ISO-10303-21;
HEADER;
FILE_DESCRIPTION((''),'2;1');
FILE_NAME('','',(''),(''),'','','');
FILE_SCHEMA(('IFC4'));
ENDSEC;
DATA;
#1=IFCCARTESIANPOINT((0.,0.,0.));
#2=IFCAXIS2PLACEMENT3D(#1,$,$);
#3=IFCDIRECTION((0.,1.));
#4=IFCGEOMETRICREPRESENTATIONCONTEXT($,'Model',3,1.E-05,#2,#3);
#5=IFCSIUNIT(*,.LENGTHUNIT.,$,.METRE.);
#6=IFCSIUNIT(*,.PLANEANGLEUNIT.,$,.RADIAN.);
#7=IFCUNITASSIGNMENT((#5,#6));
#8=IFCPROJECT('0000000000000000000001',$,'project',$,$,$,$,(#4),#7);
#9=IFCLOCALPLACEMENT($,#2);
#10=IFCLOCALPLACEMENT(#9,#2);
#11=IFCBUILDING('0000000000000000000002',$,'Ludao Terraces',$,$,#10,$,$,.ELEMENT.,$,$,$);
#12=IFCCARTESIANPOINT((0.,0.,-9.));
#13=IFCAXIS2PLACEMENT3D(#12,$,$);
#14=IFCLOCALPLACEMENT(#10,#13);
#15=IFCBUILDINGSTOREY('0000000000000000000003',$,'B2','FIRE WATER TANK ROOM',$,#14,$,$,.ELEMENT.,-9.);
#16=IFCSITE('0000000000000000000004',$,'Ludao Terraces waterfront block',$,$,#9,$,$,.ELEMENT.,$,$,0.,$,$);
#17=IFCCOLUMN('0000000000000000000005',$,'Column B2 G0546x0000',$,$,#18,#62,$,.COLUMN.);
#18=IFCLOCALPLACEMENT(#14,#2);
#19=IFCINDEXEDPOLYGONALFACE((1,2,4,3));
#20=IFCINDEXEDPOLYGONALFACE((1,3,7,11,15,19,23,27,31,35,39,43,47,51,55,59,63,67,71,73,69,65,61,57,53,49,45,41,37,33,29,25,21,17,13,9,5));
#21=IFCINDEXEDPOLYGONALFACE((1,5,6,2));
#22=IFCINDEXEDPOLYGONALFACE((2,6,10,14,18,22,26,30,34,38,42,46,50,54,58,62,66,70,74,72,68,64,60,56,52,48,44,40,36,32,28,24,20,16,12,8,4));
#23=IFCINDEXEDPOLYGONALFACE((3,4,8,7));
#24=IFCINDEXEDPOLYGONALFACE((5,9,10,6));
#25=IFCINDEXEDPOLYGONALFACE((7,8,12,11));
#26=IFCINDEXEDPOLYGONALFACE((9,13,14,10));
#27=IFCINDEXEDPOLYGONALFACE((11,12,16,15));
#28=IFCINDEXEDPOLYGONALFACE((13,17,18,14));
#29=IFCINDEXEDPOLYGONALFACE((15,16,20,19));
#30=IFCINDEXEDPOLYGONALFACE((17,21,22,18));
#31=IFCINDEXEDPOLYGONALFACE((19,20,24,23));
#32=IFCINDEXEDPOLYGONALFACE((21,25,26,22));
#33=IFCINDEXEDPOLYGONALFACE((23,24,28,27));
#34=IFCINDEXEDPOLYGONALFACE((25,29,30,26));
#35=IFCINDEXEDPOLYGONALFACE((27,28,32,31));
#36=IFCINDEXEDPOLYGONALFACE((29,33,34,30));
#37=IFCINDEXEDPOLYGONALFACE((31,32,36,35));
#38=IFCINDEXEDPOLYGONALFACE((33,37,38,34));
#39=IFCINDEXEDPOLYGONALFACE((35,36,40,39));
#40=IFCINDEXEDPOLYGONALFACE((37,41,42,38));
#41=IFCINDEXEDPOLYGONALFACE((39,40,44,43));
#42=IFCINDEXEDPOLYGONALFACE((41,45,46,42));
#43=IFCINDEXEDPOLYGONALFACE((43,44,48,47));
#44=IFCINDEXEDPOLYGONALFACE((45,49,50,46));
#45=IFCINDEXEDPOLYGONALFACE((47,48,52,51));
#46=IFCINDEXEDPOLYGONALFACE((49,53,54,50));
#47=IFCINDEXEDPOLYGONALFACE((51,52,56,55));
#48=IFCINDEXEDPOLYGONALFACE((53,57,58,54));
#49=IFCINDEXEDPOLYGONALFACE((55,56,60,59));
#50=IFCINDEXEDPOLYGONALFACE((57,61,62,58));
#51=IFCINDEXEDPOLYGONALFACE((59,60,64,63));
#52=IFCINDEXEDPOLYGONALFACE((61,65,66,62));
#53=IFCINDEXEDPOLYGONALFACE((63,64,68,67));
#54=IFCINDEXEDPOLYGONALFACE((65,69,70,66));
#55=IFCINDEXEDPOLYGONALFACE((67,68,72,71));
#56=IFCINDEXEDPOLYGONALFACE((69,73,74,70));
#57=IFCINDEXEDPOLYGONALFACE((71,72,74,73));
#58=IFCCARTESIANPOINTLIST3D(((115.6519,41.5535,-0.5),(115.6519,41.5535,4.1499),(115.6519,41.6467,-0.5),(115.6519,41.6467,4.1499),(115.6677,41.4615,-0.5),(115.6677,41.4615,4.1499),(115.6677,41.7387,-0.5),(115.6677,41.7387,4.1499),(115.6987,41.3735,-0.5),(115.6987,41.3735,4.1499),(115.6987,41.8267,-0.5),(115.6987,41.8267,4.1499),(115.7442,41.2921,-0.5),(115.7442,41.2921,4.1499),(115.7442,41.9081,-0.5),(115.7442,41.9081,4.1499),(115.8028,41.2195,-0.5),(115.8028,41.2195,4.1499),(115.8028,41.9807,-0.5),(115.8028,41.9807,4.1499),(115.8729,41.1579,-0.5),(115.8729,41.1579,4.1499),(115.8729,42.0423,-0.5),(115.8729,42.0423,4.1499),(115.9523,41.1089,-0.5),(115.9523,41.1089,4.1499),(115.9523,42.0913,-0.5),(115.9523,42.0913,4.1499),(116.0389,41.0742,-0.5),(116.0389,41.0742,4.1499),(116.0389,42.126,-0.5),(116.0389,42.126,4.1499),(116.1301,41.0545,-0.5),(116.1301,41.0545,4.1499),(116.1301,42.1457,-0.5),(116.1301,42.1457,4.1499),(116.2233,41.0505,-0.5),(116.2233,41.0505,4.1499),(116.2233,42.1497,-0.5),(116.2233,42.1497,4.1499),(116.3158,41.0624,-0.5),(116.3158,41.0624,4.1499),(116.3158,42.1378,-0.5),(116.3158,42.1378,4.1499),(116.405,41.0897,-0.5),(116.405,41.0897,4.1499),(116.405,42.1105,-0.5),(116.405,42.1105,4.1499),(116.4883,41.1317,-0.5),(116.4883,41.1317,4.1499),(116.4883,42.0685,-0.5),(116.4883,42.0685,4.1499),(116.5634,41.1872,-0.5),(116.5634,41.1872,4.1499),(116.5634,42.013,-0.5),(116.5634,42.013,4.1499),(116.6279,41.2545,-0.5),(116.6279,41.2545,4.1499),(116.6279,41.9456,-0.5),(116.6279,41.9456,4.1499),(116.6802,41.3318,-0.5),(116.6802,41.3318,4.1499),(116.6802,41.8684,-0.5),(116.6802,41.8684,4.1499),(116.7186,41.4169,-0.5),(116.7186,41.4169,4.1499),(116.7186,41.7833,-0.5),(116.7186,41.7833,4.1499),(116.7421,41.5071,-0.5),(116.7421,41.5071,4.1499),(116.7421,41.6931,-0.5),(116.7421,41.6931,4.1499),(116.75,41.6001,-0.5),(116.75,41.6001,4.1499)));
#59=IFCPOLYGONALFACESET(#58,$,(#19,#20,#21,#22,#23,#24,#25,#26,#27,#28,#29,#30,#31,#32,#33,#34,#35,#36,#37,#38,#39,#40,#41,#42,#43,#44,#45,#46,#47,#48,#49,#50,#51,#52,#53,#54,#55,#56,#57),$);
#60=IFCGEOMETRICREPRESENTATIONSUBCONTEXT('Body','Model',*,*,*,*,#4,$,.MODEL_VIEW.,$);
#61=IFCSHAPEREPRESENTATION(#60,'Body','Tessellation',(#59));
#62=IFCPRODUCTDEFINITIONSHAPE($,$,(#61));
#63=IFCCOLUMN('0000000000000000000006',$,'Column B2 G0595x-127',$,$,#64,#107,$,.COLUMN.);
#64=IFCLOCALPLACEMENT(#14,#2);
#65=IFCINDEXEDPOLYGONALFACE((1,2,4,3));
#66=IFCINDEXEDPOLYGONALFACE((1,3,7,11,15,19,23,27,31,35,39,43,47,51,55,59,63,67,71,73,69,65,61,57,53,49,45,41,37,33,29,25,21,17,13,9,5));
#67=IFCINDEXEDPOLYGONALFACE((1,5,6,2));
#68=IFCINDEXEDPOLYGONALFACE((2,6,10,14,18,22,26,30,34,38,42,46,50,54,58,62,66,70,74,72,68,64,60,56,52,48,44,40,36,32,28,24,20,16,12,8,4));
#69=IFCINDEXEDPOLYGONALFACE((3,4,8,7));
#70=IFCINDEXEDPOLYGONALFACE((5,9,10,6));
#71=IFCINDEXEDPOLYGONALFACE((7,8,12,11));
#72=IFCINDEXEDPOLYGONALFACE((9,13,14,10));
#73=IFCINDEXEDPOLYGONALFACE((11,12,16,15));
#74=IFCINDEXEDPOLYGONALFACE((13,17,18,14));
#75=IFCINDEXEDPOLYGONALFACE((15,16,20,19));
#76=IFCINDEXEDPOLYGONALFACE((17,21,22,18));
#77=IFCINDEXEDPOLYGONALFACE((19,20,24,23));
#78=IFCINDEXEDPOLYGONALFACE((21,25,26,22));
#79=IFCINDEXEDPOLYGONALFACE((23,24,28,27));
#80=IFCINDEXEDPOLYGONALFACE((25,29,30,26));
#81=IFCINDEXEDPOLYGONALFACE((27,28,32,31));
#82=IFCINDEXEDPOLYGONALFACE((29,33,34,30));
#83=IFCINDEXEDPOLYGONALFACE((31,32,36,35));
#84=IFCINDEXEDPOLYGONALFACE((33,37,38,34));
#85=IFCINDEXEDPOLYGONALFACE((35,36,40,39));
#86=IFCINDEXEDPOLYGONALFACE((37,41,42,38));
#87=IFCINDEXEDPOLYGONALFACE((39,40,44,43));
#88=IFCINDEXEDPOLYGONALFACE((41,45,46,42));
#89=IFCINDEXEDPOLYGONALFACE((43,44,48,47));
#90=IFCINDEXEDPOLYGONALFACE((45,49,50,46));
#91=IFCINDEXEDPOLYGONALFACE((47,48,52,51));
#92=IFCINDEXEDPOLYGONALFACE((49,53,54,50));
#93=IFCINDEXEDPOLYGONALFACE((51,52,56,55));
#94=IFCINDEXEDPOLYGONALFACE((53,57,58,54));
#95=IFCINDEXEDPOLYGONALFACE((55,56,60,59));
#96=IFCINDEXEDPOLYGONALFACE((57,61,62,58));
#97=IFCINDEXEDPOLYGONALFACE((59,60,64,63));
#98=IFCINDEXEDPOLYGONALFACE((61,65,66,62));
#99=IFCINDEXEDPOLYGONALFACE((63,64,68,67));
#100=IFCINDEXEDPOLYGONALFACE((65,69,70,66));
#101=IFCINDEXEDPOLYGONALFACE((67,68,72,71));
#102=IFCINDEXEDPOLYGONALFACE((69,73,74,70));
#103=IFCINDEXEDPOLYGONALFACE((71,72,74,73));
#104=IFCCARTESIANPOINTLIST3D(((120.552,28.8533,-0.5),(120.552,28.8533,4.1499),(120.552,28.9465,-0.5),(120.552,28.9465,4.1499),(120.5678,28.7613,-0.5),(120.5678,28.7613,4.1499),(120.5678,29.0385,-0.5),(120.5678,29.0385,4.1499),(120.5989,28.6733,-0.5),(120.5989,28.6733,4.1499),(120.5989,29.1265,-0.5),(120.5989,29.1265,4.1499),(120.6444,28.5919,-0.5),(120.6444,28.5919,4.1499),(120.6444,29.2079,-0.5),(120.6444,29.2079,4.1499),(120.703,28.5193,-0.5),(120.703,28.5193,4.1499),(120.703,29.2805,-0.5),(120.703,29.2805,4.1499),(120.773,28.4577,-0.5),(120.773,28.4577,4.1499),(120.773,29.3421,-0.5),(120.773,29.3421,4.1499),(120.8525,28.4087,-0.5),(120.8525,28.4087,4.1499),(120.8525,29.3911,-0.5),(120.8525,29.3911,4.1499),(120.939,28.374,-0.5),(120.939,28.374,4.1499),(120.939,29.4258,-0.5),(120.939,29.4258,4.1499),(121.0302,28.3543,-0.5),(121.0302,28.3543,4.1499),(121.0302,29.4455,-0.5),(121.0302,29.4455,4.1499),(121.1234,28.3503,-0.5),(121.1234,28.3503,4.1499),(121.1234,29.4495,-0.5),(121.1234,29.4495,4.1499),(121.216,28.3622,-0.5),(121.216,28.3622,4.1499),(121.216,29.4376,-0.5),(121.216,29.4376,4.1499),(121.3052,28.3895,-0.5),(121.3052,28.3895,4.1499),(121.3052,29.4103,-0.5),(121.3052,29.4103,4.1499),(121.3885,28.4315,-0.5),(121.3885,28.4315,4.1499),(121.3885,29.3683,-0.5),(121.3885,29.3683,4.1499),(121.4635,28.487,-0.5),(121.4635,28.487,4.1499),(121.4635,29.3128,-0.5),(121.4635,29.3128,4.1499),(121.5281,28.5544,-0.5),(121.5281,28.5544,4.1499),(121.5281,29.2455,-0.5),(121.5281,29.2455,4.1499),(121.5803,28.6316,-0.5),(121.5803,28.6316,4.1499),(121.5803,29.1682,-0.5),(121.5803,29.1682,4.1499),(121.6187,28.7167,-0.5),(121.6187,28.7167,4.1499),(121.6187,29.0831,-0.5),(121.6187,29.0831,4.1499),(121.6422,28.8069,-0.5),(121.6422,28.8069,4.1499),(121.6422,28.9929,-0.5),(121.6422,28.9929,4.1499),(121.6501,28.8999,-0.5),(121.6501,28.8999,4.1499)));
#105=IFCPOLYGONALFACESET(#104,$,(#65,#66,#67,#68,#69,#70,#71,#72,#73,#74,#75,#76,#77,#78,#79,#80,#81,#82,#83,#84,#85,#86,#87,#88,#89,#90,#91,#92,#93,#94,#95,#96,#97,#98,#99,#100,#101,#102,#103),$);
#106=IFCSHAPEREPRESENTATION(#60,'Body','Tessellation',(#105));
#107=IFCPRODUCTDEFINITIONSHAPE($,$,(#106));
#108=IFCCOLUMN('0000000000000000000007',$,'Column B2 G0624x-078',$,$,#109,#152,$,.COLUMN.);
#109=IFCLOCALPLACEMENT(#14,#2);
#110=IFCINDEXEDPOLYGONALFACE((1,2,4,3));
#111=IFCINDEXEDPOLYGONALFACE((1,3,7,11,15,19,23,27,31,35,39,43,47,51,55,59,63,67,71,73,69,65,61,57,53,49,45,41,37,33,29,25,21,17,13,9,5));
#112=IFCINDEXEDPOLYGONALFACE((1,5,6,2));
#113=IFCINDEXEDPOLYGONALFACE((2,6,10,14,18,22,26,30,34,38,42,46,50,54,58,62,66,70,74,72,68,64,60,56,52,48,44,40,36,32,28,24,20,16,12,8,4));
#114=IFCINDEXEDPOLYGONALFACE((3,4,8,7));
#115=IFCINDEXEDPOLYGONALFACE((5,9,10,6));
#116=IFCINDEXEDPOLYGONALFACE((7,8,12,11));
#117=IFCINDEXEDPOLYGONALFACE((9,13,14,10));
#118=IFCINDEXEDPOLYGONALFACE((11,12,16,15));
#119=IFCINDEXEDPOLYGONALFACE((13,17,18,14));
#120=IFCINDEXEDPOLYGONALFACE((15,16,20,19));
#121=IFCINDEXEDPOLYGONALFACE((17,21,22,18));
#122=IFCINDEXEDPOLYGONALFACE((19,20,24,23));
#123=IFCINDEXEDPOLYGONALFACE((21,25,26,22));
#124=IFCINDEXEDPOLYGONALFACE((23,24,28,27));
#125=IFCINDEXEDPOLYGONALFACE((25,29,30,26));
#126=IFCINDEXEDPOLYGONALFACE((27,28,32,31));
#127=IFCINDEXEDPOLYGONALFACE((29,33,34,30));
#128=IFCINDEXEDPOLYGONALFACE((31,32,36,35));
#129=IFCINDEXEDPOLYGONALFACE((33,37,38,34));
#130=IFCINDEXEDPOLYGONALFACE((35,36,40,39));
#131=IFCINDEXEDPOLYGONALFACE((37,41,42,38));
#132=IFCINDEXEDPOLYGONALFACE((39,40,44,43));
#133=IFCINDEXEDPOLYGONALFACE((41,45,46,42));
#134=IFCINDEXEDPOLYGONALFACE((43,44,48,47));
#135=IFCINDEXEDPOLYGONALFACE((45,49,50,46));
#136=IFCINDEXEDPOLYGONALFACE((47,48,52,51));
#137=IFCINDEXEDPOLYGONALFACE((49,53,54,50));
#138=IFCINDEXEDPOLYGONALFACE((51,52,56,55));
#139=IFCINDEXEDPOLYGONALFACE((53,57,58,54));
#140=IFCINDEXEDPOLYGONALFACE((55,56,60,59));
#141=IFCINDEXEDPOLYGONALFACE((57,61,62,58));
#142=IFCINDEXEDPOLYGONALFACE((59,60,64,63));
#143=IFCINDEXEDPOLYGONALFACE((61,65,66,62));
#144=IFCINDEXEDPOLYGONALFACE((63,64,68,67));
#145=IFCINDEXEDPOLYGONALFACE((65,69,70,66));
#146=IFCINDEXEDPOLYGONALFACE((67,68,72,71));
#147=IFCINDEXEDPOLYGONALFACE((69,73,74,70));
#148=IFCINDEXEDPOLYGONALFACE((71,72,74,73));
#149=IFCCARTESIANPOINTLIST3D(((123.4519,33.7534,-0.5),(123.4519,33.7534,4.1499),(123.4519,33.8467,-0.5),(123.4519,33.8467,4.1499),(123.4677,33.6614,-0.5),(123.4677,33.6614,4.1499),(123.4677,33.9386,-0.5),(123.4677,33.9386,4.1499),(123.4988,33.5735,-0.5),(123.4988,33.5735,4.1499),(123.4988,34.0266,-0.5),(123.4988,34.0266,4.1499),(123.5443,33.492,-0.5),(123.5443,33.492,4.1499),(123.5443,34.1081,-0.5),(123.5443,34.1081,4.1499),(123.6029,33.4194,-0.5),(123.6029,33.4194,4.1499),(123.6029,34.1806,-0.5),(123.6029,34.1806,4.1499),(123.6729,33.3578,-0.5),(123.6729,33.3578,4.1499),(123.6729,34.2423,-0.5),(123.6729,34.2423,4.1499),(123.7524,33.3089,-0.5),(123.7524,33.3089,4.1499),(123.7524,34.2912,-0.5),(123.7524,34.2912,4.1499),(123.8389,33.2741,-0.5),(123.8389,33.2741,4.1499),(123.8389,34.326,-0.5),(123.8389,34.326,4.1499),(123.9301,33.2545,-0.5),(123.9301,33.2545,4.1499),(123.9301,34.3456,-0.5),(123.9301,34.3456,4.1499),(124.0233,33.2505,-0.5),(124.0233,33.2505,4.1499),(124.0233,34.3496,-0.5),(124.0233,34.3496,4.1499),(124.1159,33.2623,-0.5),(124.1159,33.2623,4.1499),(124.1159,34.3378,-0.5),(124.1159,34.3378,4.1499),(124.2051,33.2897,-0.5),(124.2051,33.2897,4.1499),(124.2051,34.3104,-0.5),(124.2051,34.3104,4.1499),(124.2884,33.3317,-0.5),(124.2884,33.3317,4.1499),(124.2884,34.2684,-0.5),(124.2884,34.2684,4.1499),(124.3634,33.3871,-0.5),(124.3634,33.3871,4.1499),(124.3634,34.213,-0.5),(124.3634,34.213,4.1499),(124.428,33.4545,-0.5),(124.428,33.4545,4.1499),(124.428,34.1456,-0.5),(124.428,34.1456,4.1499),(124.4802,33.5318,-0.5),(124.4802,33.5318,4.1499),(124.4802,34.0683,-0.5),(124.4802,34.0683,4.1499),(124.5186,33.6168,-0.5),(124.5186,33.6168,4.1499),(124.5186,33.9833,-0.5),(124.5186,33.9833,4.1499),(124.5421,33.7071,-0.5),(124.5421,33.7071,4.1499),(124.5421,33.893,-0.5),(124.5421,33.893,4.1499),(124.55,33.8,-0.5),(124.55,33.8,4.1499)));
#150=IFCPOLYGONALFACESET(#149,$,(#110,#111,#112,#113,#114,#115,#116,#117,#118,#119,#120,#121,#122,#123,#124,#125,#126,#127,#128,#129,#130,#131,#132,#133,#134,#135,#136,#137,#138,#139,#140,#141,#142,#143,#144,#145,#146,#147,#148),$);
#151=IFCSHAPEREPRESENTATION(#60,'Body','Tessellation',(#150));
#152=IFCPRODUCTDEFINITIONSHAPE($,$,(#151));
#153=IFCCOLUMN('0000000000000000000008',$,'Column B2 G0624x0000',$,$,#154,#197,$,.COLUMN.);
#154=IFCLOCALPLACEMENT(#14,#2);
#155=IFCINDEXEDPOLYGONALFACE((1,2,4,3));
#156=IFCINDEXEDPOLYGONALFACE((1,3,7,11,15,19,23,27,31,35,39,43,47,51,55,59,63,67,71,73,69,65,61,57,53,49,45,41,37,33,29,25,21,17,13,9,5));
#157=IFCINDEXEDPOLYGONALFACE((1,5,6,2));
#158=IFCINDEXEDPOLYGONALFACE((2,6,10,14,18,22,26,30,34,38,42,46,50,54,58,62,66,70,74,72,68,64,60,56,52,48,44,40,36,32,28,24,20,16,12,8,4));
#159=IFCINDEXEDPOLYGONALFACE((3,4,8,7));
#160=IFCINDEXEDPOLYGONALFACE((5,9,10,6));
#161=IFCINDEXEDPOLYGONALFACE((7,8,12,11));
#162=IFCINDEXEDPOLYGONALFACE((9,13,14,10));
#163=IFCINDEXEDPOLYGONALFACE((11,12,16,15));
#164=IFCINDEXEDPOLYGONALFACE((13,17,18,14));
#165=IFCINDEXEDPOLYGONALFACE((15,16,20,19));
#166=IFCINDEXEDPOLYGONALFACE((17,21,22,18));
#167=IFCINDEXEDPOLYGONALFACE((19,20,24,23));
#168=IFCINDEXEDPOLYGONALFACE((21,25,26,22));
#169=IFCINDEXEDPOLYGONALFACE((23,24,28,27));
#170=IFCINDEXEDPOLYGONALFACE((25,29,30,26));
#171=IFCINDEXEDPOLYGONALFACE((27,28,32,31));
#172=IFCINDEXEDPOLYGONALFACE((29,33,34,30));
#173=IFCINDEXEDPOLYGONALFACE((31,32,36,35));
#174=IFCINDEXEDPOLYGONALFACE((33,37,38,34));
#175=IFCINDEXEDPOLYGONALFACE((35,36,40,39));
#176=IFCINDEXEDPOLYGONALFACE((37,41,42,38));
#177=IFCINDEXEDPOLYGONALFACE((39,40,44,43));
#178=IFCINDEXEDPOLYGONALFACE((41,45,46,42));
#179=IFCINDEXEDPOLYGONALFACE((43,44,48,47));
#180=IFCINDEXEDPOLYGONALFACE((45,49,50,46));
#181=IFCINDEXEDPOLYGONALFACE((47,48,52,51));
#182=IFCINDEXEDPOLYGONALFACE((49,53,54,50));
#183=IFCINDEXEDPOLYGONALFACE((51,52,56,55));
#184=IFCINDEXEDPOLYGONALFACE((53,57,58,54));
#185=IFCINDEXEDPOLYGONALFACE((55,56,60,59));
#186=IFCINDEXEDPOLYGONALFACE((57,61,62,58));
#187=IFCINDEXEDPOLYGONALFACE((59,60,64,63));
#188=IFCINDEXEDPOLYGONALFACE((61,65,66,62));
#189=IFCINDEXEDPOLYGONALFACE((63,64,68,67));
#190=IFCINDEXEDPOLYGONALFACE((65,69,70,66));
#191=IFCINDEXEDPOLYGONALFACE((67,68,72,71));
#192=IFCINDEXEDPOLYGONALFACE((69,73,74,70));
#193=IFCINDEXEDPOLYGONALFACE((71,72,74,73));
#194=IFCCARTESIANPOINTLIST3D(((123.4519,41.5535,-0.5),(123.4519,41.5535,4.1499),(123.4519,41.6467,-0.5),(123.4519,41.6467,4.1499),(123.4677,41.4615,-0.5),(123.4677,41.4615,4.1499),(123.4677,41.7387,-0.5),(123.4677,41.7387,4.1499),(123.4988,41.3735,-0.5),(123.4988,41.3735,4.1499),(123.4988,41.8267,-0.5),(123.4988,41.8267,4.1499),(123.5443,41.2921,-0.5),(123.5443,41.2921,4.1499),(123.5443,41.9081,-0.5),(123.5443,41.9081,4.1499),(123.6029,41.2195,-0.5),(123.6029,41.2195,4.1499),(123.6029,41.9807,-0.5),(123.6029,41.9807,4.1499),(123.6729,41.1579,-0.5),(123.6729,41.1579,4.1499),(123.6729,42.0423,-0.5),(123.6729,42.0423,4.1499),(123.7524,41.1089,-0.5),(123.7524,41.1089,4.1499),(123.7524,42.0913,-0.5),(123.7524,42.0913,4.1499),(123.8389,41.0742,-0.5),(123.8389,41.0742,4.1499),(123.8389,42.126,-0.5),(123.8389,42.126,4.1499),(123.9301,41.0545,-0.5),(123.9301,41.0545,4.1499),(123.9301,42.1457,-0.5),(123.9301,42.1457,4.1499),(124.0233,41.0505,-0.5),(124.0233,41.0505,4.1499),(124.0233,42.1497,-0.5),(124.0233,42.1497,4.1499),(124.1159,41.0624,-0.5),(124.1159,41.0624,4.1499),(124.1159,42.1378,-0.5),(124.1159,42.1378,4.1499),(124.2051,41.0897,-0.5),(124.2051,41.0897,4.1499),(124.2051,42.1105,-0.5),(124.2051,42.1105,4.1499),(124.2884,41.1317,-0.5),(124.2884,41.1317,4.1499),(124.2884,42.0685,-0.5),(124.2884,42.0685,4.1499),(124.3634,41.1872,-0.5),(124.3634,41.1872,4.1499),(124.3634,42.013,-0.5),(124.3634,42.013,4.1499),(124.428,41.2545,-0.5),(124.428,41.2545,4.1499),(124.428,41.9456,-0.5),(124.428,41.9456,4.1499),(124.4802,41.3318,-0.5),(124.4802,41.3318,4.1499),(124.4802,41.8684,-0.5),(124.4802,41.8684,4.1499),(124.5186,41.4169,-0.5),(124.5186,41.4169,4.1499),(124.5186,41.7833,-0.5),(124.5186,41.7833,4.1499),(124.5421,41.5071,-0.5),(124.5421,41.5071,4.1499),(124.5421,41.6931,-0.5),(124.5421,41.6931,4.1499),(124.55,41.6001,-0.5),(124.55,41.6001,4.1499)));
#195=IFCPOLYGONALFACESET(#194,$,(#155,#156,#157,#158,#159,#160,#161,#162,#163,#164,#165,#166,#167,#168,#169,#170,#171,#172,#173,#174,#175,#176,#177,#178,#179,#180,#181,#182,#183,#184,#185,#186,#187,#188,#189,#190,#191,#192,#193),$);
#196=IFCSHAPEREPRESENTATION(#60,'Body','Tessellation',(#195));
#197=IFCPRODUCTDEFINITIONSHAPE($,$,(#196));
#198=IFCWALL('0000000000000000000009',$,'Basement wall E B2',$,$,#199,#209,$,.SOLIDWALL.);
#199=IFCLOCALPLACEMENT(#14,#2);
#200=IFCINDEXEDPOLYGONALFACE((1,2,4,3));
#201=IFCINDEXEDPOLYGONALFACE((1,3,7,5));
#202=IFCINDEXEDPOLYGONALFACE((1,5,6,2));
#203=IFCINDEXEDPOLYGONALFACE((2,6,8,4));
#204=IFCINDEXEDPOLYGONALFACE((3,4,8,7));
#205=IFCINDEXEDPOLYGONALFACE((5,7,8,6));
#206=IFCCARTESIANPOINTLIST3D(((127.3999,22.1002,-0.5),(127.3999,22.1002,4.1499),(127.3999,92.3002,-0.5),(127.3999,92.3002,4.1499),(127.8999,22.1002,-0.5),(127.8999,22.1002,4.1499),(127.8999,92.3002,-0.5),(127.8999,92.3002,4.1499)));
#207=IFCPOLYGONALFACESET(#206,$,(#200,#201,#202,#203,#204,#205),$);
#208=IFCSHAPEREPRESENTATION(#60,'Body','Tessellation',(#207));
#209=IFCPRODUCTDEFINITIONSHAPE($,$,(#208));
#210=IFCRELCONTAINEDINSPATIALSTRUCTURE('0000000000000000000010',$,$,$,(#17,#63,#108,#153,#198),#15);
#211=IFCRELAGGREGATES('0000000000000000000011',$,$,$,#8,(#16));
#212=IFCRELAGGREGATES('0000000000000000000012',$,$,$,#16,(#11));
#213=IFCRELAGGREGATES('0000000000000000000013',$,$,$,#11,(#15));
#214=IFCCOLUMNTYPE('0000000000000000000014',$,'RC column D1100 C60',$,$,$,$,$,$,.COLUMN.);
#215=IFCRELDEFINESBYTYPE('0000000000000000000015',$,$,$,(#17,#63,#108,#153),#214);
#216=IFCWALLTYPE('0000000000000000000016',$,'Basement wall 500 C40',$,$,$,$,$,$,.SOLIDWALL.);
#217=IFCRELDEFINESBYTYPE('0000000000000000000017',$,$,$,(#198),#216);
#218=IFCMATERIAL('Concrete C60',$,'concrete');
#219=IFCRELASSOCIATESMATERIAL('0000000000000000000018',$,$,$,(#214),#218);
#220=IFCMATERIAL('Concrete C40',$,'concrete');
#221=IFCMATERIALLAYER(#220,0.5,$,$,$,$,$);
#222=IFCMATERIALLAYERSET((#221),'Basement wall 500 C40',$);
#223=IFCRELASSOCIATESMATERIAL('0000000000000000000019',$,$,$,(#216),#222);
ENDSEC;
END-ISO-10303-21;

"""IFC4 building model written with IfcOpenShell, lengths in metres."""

from ifc_helpers import new_model, si_unit, direction, frame, frame_2d, origin, origin_2d, place, context, subcontext, project, spatial, rectangle, circle, extrude, material, layer, layer_set, material_profile, profile_set, type_object, element, save


model = new_model("IFC4")

# Units and contexts
model_context = context("Model", 3, precision=1e-05, world=origin(), true_north=direction((0.0, 1.0)))
body_context = subcontext(model_context, "Body", "Model", "MODEL_VIEW")
ifc_project = project(units=[si_unit("LENGTHUNIT", "METRE"), si_unit("PLANEANGLEUNIT", "RADIAN")], contexts=[model_context])

# Site, building, storey
site_placement = place(None, origin())
site = spatial("IfcSite", under=ifc_project, at=site_placement, Name="Ludao Terraces waterfront block", CompositionType="ELEMENT", RefElevation=0.0)
building_placement = place(site_placement, origin())
building = spatial("IfcBuilding", under=site, at=building_placement, Name="Ludao Terraces", CompositionType="ELEMENT")
storey_placement = place(building_placement, frame((0.0, 0.0, -9.0)))
storey = spatial("IfcBuildingStorey", under=building, at=storey_placement, Name="B2", Description="FIRE WATER TANK ROOM", CompositionType="ELEMENT", Elevation=-9.0)

# Shared definitions
ifc_material_1 = material(Name="Concrete C40", Category="concrete")

# Columns
ifc_material_2 = material(Name="Concrete C60", Category="concrete")
ifc_material_profile = material_profile(ifc_material_2, circle(Radius=0.55, at=origin_2d()), Name="D1100")
ifc_profile_set = profile_set([ifc_material_profile], Name="Concrete C60")
column_type = type_object("IfcColumnType", Name="RC column D1100 C60", PredefinedType="COLUMN", material=ifc_profile_set)
for number, where, z_axis, x_axis, name in (
    (1, (116.2, 41.6001, -0.5), (0.0, 0.0, 1.0), (1.0, 0.0, 0.0), "Column B2 G0546x0000"),
    (2, (121.1001, 28.8999, -0.5), (0.0, 0.0, 1.0), (1.0, 0.0, 0.0), "Column B2 G0595x-127"),
    (3, (124.0, 33.8, -0.5), (0.0, 0.0, 1.0), (1.0, 0.0, 0.0), "Column B2 G0624x-078"),
    (4, (124.0, 41.6001, -0.5), (0.0, 0.0, 1.0), (1.0, 0.0, 0.0), "Column B2 G0624x0000"),
):
    element("IfcColumn", number, at=place(storey_placement, frame(where, z_axis=z_axis, x_axis=x_axis)), inside=storey, type_object=column_type, Name=name, PredefinedType="COLUMN", context=body_context, shape_type="SweptSolid", body=[
        extrude(circle(Radius=0.55, at=origin_2d()), origin(), (0.0, 0.0, 1.0), 4.6499),
    ])

# Wall
ifc_layer_1 = layer(ifc_material_1, 0.5)
ifc_layer_set_1 = layer_set([ifc_layer_1], Name="Basement wall 500 C40")
wall_type_1 = type_object("IfcWallType", Name="Basement wall 500 C40", PredefinedType="SOLIDWALL", material=ifc_layer_set_1)
wall_1_placement = place(storey_placement, frame((127.6499, 22.1001, -0.5), z_axis=(0.0, 0.0, 1.0), x_axis=(0.0, 1.0, 0.0)))
element("IfcWall", 5, at=wall_1_placement, inside=storey, type_object=wall_type_1, Name="Basement wall E B2", PredefinedType="SOLIDWALL", context=body_context, shape_type="SweptSolid", body=[
    extrude(rectangle(XDim=70.2, YDim=0.5, at=frame_2d((35.1001, 0.0))), origin(), (0.0, 0.0, 1.0), 4.6499),
])

save(model, "model.ifc")
